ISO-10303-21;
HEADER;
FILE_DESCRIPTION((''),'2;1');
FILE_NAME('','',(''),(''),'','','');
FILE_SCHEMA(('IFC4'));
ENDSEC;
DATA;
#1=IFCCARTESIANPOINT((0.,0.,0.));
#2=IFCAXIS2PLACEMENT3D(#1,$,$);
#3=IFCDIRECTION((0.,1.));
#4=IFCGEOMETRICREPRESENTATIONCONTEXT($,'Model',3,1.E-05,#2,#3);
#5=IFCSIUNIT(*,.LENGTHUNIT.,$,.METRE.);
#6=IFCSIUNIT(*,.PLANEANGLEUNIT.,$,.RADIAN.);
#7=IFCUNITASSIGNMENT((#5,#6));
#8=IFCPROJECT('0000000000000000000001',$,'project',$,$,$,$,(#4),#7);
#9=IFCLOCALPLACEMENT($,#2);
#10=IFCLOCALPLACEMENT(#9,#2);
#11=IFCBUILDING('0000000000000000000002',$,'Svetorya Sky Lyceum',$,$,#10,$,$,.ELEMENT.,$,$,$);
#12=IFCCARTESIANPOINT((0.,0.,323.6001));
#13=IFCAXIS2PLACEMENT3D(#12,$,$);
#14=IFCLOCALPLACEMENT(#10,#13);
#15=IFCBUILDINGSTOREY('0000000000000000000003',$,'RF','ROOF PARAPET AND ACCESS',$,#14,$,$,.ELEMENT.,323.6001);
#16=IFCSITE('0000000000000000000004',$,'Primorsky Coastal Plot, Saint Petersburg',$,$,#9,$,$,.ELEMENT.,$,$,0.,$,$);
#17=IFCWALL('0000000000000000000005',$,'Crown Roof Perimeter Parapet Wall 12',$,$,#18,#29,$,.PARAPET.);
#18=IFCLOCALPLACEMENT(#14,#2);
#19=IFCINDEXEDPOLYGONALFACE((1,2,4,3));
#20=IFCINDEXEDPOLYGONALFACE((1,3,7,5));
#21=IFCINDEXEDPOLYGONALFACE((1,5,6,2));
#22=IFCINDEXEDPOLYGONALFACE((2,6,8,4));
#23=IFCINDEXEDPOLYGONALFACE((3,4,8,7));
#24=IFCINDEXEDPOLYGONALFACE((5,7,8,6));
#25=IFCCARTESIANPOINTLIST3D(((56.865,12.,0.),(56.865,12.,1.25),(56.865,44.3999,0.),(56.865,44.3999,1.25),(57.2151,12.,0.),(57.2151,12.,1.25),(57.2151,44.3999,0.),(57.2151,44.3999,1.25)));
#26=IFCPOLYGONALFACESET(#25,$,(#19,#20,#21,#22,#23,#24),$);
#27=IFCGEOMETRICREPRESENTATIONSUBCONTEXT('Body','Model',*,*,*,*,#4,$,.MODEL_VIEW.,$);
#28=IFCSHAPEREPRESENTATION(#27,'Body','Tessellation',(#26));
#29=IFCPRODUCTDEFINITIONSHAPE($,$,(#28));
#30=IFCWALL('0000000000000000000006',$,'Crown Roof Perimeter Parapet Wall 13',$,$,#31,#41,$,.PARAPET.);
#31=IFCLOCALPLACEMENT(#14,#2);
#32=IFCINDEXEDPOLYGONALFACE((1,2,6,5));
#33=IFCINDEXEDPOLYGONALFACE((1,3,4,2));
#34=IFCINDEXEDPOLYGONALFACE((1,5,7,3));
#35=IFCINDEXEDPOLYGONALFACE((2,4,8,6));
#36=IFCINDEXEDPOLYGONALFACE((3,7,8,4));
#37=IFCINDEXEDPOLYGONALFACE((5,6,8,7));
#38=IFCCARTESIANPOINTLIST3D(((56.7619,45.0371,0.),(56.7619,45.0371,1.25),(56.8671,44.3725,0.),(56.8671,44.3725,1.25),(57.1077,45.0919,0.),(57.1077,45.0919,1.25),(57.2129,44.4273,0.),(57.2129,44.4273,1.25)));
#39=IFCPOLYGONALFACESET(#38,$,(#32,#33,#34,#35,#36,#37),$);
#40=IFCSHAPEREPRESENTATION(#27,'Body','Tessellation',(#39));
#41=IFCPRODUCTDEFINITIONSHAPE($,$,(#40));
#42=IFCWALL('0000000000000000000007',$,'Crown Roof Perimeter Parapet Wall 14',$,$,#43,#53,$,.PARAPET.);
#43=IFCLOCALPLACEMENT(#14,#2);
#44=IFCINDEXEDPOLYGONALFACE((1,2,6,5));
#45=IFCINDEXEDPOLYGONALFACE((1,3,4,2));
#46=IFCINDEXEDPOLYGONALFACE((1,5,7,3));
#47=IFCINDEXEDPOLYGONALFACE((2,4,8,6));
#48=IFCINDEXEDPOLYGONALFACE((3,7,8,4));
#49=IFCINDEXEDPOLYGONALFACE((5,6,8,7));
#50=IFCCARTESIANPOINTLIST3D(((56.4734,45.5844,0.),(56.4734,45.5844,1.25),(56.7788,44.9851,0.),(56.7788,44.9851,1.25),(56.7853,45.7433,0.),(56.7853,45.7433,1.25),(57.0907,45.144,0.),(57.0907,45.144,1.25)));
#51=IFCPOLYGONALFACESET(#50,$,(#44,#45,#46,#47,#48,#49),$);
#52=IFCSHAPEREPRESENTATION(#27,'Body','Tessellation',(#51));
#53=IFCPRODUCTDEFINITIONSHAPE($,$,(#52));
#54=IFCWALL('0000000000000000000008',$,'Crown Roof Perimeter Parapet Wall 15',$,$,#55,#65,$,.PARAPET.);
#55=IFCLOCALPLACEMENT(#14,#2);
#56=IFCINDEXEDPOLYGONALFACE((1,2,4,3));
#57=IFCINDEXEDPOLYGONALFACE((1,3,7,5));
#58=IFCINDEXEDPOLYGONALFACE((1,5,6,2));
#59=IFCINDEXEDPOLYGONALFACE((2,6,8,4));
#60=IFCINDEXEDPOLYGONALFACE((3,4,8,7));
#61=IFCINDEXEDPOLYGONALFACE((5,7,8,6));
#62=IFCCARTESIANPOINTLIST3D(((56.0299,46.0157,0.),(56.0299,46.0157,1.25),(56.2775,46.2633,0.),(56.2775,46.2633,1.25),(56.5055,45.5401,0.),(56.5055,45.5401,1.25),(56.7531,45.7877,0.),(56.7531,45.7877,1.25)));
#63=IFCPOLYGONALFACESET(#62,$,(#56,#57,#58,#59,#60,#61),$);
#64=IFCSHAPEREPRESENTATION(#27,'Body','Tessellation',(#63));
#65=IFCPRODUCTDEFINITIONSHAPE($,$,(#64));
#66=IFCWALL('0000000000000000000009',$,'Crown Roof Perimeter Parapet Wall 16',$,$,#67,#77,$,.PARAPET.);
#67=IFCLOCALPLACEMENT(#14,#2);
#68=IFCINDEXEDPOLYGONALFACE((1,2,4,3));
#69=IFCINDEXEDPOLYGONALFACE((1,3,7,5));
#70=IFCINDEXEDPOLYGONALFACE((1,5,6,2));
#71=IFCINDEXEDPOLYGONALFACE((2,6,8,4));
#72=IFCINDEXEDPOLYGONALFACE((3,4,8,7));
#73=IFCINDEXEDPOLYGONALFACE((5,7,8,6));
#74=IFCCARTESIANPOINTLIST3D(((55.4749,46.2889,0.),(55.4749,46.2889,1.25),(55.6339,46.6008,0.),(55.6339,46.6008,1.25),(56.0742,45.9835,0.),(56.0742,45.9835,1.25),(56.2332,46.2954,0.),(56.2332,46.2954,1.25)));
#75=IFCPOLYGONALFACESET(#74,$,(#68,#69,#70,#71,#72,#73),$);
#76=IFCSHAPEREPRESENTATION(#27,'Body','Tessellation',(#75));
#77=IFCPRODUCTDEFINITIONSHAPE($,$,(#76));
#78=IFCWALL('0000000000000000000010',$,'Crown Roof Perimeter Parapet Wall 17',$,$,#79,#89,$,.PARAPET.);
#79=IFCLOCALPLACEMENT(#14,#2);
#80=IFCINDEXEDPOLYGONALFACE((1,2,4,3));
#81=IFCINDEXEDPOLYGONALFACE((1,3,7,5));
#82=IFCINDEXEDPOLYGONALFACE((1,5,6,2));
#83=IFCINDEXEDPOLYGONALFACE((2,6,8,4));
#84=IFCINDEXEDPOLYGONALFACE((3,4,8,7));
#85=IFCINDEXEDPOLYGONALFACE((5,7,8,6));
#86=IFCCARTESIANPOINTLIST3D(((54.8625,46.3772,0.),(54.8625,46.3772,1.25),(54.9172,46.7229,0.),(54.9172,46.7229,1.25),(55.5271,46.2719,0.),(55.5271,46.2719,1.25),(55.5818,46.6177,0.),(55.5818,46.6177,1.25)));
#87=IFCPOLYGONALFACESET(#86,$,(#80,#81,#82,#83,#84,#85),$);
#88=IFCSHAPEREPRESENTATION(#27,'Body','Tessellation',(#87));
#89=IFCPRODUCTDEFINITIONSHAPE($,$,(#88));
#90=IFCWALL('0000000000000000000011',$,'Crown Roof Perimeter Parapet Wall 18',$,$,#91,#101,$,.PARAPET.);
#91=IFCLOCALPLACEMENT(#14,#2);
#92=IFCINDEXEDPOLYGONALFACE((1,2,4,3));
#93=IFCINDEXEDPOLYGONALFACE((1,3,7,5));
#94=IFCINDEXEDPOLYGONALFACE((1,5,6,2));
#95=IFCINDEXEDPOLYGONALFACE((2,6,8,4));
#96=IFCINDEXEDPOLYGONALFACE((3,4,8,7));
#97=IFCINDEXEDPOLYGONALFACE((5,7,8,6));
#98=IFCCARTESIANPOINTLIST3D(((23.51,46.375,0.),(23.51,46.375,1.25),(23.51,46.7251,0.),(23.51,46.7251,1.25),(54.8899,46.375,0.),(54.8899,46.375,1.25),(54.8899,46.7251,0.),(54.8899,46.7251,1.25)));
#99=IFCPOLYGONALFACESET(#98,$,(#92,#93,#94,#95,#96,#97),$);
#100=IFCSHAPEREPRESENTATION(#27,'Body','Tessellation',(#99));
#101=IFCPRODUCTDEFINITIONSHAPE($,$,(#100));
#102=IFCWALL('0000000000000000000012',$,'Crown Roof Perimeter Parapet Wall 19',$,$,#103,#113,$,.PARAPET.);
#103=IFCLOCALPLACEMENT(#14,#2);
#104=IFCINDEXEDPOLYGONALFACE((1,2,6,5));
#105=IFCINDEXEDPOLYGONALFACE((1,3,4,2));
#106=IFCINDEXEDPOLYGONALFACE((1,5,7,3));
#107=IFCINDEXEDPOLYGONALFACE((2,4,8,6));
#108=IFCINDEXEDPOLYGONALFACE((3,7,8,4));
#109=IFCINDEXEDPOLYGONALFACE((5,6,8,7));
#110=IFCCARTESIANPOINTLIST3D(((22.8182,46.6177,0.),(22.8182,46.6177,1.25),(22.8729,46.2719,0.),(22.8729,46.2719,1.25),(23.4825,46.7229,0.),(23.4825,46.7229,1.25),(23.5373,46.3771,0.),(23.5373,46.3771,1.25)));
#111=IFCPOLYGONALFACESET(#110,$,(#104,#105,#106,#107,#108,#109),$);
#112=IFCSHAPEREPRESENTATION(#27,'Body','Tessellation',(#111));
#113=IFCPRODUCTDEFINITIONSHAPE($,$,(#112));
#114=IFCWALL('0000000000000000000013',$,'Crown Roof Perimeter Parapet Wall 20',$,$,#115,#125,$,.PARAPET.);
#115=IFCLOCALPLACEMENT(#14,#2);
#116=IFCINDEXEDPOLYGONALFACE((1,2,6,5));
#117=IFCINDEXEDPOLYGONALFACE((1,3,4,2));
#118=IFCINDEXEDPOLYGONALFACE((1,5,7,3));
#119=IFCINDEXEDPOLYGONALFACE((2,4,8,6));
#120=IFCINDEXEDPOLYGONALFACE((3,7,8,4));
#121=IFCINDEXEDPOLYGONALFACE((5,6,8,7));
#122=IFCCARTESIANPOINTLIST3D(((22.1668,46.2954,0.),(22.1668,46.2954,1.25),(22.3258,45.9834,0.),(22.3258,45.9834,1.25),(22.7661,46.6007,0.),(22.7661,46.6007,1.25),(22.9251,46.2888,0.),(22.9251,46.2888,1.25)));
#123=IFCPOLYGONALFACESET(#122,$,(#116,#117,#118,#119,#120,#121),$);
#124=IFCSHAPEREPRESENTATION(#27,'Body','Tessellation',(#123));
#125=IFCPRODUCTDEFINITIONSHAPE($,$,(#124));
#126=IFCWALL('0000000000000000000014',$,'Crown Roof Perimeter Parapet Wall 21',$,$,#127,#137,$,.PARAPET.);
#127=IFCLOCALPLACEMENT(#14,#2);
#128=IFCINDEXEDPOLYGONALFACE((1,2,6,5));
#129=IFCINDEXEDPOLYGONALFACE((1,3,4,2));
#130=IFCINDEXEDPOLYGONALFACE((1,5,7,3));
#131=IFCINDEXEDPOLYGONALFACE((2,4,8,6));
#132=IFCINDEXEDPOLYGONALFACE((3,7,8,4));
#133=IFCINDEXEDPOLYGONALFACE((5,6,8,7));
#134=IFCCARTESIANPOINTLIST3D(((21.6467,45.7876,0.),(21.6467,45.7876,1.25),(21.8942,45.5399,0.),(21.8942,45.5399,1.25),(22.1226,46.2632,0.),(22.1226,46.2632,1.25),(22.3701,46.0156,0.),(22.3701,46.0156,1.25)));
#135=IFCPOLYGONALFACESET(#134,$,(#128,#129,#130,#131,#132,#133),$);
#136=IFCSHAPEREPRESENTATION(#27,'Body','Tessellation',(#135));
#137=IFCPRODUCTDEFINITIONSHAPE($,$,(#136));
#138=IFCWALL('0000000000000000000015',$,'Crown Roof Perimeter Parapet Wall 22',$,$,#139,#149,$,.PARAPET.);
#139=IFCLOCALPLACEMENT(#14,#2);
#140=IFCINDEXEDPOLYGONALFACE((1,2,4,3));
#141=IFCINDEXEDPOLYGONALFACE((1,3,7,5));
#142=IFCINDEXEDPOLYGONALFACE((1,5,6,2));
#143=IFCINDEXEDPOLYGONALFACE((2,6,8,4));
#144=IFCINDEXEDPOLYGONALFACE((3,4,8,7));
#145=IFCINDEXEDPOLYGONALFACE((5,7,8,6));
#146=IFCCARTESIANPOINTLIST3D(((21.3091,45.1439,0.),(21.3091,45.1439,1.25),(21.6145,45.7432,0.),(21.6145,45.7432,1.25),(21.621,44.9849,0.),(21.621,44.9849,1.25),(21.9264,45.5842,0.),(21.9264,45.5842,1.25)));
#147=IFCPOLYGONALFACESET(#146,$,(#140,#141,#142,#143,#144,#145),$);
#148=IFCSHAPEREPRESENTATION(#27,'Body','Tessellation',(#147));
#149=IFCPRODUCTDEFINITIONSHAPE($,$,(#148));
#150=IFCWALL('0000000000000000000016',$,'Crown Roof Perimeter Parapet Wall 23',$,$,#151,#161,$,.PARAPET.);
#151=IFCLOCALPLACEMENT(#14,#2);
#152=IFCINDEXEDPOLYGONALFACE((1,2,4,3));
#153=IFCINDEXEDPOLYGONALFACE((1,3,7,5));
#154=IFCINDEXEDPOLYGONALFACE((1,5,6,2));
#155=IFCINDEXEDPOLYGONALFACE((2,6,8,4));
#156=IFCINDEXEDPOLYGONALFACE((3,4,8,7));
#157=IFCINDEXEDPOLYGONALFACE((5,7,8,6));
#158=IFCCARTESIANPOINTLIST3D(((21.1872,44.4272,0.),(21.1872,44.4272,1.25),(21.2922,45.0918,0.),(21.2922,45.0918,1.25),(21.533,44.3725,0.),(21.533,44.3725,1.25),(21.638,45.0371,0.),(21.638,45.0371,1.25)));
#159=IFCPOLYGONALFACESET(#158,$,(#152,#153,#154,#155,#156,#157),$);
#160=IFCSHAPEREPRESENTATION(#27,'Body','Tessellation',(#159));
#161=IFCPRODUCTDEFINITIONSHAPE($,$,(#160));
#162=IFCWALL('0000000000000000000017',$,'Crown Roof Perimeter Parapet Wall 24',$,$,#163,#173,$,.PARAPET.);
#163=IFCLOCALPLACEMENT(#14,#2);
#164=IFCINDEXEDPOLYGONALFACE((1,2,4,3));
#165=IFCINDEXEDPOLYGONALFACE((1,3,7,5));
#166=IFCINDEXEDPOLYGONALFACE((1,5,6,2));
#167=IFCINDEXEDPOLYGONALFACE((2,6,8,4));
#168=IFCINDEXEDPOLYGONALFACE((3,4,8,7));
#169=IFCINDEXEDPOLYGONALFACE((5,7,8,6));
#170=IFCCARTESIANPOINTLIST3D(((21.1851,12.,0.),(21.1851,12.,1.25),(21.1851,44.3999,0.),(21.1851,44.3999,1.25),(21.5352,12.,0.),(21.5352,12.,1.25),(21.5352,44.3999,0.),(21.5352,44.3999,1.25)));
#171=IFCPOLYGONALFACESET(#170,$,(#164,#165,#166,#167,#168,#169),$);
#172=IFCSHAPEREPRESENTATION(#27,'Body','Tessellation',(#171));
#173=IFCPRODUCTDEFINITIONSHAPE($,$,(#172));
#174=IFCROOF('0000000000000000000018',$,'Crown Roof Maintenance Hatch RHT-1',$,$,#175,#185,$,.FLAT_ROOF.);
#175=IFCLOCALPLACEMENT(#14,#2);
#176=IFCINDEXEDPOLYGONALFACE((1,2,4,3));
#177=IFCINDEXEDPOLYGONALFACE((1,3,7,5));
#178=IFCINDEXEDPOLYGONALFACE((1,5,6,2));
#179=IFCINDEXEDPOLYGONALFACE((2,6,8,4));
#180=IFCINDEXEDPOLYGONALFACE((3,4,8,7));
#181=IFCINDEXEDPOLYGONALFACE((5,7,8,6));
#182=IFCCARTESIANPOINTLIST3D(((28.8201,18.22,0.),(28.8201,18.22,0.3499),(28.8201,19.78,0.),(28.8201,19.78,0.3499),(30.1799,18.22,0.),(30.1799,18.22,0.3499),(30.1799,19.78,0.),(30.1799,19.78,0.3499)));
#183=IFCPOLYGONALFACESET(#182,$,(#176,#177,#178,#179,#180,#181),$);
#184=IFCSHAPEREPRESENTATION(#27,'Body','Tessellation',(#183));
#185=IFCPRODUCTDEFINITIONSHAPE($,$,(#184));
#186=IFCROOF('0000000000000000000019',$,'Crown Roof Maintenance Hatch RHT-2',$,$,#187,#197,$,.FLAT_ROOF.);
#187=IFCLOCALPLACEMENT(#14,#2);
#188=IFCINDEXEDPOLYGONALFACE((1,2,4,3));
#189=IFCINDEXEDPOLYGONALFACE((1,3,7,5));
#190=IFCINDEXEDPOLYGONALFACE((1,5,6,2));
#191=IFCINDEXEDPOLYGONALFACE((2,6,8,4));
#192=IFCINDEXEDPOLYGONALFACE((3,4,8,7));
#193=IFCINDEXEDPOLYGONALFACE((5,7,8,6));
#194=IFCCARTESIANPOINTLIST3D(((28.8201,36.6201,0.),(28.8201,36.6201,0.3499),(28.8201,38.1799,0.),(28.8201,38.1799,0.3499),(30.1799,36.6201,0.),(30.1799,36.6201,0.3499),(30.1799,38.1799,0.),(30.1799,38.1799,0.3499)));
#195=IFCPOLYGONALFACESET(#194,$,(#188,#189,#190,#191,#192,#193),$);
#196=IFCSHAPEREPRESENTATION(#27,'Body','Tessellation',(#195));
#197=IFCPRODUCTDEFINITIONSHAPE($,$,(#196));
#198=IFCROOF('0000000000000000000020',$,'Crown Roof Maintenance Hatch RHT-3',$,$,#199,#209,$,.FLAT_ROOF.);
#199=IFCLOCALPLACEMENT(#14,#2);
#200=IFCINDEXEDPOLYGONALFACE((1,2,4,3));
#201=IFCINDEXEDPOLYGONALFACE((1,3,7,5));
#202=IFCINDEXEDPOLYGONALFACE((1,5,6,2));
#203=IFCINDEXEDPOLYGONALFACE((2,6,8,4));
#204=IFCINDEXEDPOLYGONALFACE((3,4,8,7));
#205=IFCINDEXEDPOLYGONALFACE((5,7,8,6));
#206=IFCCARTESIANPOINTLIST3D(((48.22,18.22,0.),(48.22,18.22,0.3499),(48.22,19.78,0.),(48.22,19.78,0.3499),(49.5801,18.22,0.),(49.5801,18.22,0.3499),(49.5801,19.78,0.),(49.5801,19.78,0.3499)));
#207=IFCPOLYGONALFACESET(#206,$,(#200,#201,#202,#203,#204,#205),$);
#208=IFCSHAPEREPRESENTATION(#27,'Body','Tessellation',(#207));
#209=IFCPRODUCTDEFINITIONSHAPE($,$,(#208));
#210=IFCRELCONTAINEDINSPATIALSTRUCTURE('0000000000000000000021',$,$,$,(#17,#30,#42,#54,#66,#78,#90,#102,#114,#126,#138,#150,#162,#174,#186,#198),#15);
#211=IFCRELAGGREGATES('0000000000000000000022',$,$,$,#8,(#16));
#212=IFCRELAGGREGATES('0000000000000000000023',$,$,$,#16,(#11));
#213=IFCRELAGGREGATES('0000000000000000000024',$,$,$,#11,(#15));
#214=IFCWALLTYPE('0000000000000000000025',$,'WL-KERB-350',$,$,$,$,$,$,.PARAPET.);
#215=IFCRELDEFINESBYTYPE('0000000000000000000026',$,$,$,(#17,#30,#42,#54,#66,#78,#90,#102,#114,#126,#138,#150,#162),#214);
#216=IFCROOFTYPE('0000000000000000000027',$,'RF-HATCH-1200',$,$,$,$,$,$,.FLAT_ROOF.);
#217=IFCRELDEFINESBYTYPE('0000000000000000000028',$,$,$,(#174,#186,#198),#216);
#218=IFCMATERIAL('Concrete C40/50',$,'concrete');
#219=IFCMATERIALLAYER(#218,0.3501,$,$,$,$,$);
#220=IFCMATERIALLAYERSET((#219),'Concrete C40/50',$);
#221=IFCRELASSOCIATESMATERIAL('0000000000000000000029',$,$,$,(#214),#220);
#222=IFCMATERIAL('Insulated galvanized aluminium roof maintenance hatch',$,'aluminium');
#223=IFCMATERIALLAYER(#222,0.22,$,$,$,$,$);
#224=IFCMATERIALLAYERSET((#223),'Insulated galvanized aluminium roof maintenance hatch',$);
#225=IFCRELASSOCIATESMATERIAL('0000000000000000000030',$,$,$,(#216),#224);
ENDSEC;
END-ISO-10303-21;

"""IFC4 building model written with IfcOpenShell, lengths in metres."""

from ifc_helpers import new_model, si_unit, direction, frame, frame_2d, origin, place, context, subcontext, project, spatial, polyline, rectangle, outline, extrude, material, layer, layer_set, type_object, element, save


model = new_model("IFC4")

# Units and contexts
model_context = context("Model", 3, precision=1e-05, world=origin(), true_north=direction((0.0, 1.0)))
body_context = subcontext(model_context, "Body", "Model", "MODEL_VIEW")
ifc_project = project(units=[si_unit("LENGTHUNIT", "METRE"), si_unit("PLANEANGLEUNIT", "RADIAN")], contexts=[model_context])

# Site, building, storey
site_placement = place(None, origin())
site = spatial("IfcSite", under=ifc_project, at=site_placement, Name="Primorsky Coastal Plot, Saint Petersburg", CompositionType="ELEMENT", RefElevation=0.0)
building_placement = place(site_placement, origin())
building = spatial("IfcBuilding", under=site, at=building_placement, Name="Svetorya Sky Lyceum", CompositionType="ELEMENT")
storey_placement = place(building_placement, frame((0.0, 0.0, 323.6001)))
storey = spatial("IfcBuildingStorey", under=building, at=storey_placement, Name="RF", Description="ROOF PARAPET AND ACCESS", CompositionType="ELEMENT", Elevation=323.6001)

# Shared definitions
ifc_material_1 = material(Name="Concrete C40/50", Category="concrete")

# Walls
ifc_layer_1 = layer(ifc_material_1, 0.3501)
ifc_layer_set_1 = layer_set([ifc_layer_1], Name="Concrete C40/50")
wall_type = type_object("IfcWallType", Name="WL-KERB-350", PredefinedType="PARAPET", material=ifc_layer_set_1)
wall_1_placement = place(storey_placement, frame((57.04, 12.0, 0.0), z_axis=(0.0, 0.0, 1.0), x_axis=(0.0, 1.0, 0.0)))
element("IfcWall", 1, at=wall_1_placement, inside=storey, type_object=wall_type, Name="Crown Roof Perimeter Parapet Wall 12", PredefinedType="PARAPET", context=body_context, shape_type="SweptSolid", body=[
    extrude(rectangle(XDim=32.3999, YDim=0.3501, at=frame_2d((16.2, 0.0))), origin(), (0.0, 0.0, 1.0), 1.25),
])
wall_2_placement = place(storey_placement, frame((57.04, 44.3999, 0.0), z_axis=(0.0, 0.0, 1.0), x_axis=(-0.156391, 0.987695, 0.0)))
element("IfcWall", 2, at=wall_2_placement, inside=storey, type_object=wall_type, Name="Crown Roof Perimeter Parapet Wall 13", PredefinedType="PARAPET", context=body_context, shape_type="SweptSolid", body=[
    extrude(rectangle(XDim=0.6729, YDim=0.3501, at=frame_2d((0.3364, 0.0))), origin(), (0.0, 0.0, 1.0), 1.25),
])
for number, where, z_axis, x_axis, name in (
    (3, (56.9348, 45.0645, 0.0), (0.0, 0.0, 1.0), (-0.454024, 0.89099, 0.0), "Crown Roof Perimeter Parapet Wall 14"),
    (4, (56.6294, 45.6638, 0.0), (0.0, 0.0, 1.0), (-0.707107, 0.707107, 0.0), "Crown Roof Perimeter Parapet Wall 15"),
    (5, (56.1538, 46.1394, 0.0), (0.0, 0.0, 1.0), (-0.89099, 0.454024, 0.0), "Crown Roof Perimeter Parapet Wall 16"),
):
    element("IfcWall", number, at=place(storey_placement, frame(where, z_axis=z_axis, x_axis=x_axis)), inside=storey, type_object=wall_type, Name=name, PredefinedType="PARAPET", context=body_context, shape_type="SweptSolid", body=[
        extrude(rectangle(XDim=0.6726, YDim=0.3501, at=frame_2d((0.3364, 0.0))), origin(), (0.0, 0.0, 1.0), 1.25),
    ])
wall_3_placement = place(storey_placement, frame((55.5544, 46.4448, 0.0), z_axis=(0.0, 0.0, 1.0), x_axis=(-0.987695, 0.156391, 0.0)))
element("IfcWall", 6, at=wall_3_placement, inside=storey, type_object=wall_type, Name="Crown Roof Perimeter Parapet Wall 17", PredefinedType="PARAPET", context=body_context, shape_type="SweptSolid", body=[
    extrude(rectangle(XDim=0.6729, YDim=0.3501, at=frame_2d((0.3364, 0.0))), origin(), (0.0, 0.0, 1.0), 1.25),
])
wall_4_placement = place(storey_placement, frame((54.8899, 46.55, 0.0), z_axis=(0.0, 0.0, 1.0), x_axis=(-1.0, 0.0, 0.0)))
element("IfcWall", 7, at=wall_4_placement, inside=storey, type_object=wall_type, Name="Crown Roof Perimeter Parapet Wall 18", PredefinedType="PARAPET", context=body_context, shape_type="SweptSolid", body=[
    extrude(rectangle(XDim=31.3799, YDim=0.3501, at=frame_2d((15.6899, 0.0))), origin(), (0.0, 0.0, 1.0), 1.25),
])
for number, where, z_axis, x_axis, name in (
    (8, (23.51, 46.55, 0.0), (0.0, 0.0, 1.0), (-0.987686, -0.156447, 0.0), "Crown Roof Perimeter Parapet Wall 19"),
    (9, (22.8457, 46.4448, 0.0), (0.0, 0.0, 1.0), (-0.89099, -0.454024, 0.0), "Crown Roof Perimeter Parapet Wall 20"),
):
    element("IfcWall", number, at=place(storey_placement, frame(where, z_axis=z_axis, x_axis=x_axis)), inside=storey, type_object=wall_type, Name=name, PredefinedType="PARAPET", context=body_context, shape_type="SweptSolid", body=[
        extrude(rectangle(XDim=0.6726, YDim=0.3501, at=frame_2d((0.3364, 0.0))), origin(), (0.0, 0.0, 1.0), 1.25),
    ])
wall_5_placement = place(storey_placement, frame((22.2463, 46.1394, 0.0), z_axis=(0.0, 0.0, 1.0), x_axis=(-0.707288, -0.706925, 0.0)))
element("IfcWall", 10, at=wall_5_placement, inside=storey, type_object=wall_type, Name="Crown Roof Perimeter Parapet Wall 21", PredefinedType="PARAPET", context=body_context, shape_type="SweptSolid", body=[
    extrude(rectangle(XDim=0.6729, YDim=0.3501, at=frame_2d((0.3364, 0.0))), origin(), (0.0, 0.0, 1.0), 1.25),
])
wall_6_placement = place(storey_placement, frame((21.7705, 45.6638, 0.0), z_axis=(0.0, 0.0, 1.0), x_axis=(-0.454024, -0.89099, 0.0)))
element("IfcWall", 11, at=wall_6_placement, inside=storey, type_object=wall_type, Name="Crown Roof Perimeter Parapet Wall 22", PredefinedType="PARAPET", context=body_context, shape_type="SweptSolid", body=[
    extrude(rectangle(XDim=0.6726, YDim=0.3501, at=frame_2d((0.3364, 0.0))), origin(), (0.0, 0.0, 1.0), 1.25),
])
wall_7_placement = place(storey_placement, frame((21.4651, 45.0645, 0.0), z_axis=(0.0, 0.0, 1.0), x_axis=(-0.156037, -0.987751, 0.0)))
element("IfcWall", 12, at=wall_7_placement, inside=storey, type_object=wall_type, Name="Crown Roof Perimeter Parapet Wall 23", PredefinedType="PARAPET", context=body_context, shape_type="SweptSolid", body=[
    extrude(rectangle(XDim=0.6729, YDim=0.3501, at=frame_2d((0.3364, 0.0))), origin(), (0.0, 0.0, 1.0), 1.25),
])
wall_8_placement = place(storey_placement, frame((21.3601, 44.3999, 0.0), z_axis=(0.0, 0.0, 1.0), x_axis=(0.0, -1.0, 0.0)))
element("IfcWall", 13, at=wall_8_placement, inside=storey, type_object=wall_type, Name="Crown Roof Perimeter Parapet Wall 24", PredefinedType="PARAPET", context=body_context, shape_type="SweptSolid", body=[
    extrude(rectangle(XDim=32.3999, YDim=0.3501, at=frame_2d((16.2, 0.0))), origin(), (0.0, 0.0, 1.0), 1.25),
])

# Roofs
ifc_material_2 = material(Name="Insulated galvanized aluminium roof maintenance hatch", Category="aluminium")
ifc_layer_2 = layer(ifc_material_2, 0.22)
ifc_layer_set_2 = layer_set([ifc_layer_2], Name="Insulated galvanized aluminium roof maintenance hatch")
roof_type_1 = type_object("IfcRoofType", Name="RF-HATCH-1200", PredefinedType="FLAT_ROOF", material=ifc_layer_set_2)
roof_1_placement = place(storey_placement, origin())
element("IfcRoof", 14, at=roof_1_placement, inside=storey, type_object=roof_type_1, Name="Crown Roof Maintenance Hatch RHT-1", PredefinedType="FLAT_ROOF", context=body_context, shape_type="SweptSolid", body=[
    extrude(outline(polyline([(28.8201, 18.22), (30.1799, 18.22), (30.1799, 19.78), (28.8201, 19.78), (28.8201, 18.22)])), origin(), (0.0, 0.0, 1.0), 0.3499),
])
roof_2_placement = place(storey_placement, origin())
element("IfcRoof", 15, at=roof_2_placement, inside=storey, type_object=roof_type_1, Name="Crown Roof Maintenance Hatch RHT-2", PredefinedType="FLAT_ROOF", context=body_context, shape_type="SweptSolid", body=[
    extrude(outline(polyline([(28.8201, 36.6201), (30.1799, 36.6201), (30.1799, 38.1799), (28.8201, 38.1799), (28.8201, 36.6201)])), origin(), (0.0, 0.0, 1.0), 0.3499),
])
roof_3_placement = place(storey_placement, origin())
element("IfcRoof", 16, at=roof_3_placement, inside=storey, type_object=roof_type_1, Name="Crown Roof Maintenance Hatch RHT-3", PredefinedType="FLAT_ROOF", context=body_context, shape_type="SweptSolid", body=[
    extrude(outline(polyline([(48.22, 18.22), (49.5801, 18.22), (49.5801, 19.78), (48.22, 19.78), (48.22, 18.22)])), origin(), (0.0, 0.0, 1.0), 0.3499),
])

save(model, "model.ifc")
